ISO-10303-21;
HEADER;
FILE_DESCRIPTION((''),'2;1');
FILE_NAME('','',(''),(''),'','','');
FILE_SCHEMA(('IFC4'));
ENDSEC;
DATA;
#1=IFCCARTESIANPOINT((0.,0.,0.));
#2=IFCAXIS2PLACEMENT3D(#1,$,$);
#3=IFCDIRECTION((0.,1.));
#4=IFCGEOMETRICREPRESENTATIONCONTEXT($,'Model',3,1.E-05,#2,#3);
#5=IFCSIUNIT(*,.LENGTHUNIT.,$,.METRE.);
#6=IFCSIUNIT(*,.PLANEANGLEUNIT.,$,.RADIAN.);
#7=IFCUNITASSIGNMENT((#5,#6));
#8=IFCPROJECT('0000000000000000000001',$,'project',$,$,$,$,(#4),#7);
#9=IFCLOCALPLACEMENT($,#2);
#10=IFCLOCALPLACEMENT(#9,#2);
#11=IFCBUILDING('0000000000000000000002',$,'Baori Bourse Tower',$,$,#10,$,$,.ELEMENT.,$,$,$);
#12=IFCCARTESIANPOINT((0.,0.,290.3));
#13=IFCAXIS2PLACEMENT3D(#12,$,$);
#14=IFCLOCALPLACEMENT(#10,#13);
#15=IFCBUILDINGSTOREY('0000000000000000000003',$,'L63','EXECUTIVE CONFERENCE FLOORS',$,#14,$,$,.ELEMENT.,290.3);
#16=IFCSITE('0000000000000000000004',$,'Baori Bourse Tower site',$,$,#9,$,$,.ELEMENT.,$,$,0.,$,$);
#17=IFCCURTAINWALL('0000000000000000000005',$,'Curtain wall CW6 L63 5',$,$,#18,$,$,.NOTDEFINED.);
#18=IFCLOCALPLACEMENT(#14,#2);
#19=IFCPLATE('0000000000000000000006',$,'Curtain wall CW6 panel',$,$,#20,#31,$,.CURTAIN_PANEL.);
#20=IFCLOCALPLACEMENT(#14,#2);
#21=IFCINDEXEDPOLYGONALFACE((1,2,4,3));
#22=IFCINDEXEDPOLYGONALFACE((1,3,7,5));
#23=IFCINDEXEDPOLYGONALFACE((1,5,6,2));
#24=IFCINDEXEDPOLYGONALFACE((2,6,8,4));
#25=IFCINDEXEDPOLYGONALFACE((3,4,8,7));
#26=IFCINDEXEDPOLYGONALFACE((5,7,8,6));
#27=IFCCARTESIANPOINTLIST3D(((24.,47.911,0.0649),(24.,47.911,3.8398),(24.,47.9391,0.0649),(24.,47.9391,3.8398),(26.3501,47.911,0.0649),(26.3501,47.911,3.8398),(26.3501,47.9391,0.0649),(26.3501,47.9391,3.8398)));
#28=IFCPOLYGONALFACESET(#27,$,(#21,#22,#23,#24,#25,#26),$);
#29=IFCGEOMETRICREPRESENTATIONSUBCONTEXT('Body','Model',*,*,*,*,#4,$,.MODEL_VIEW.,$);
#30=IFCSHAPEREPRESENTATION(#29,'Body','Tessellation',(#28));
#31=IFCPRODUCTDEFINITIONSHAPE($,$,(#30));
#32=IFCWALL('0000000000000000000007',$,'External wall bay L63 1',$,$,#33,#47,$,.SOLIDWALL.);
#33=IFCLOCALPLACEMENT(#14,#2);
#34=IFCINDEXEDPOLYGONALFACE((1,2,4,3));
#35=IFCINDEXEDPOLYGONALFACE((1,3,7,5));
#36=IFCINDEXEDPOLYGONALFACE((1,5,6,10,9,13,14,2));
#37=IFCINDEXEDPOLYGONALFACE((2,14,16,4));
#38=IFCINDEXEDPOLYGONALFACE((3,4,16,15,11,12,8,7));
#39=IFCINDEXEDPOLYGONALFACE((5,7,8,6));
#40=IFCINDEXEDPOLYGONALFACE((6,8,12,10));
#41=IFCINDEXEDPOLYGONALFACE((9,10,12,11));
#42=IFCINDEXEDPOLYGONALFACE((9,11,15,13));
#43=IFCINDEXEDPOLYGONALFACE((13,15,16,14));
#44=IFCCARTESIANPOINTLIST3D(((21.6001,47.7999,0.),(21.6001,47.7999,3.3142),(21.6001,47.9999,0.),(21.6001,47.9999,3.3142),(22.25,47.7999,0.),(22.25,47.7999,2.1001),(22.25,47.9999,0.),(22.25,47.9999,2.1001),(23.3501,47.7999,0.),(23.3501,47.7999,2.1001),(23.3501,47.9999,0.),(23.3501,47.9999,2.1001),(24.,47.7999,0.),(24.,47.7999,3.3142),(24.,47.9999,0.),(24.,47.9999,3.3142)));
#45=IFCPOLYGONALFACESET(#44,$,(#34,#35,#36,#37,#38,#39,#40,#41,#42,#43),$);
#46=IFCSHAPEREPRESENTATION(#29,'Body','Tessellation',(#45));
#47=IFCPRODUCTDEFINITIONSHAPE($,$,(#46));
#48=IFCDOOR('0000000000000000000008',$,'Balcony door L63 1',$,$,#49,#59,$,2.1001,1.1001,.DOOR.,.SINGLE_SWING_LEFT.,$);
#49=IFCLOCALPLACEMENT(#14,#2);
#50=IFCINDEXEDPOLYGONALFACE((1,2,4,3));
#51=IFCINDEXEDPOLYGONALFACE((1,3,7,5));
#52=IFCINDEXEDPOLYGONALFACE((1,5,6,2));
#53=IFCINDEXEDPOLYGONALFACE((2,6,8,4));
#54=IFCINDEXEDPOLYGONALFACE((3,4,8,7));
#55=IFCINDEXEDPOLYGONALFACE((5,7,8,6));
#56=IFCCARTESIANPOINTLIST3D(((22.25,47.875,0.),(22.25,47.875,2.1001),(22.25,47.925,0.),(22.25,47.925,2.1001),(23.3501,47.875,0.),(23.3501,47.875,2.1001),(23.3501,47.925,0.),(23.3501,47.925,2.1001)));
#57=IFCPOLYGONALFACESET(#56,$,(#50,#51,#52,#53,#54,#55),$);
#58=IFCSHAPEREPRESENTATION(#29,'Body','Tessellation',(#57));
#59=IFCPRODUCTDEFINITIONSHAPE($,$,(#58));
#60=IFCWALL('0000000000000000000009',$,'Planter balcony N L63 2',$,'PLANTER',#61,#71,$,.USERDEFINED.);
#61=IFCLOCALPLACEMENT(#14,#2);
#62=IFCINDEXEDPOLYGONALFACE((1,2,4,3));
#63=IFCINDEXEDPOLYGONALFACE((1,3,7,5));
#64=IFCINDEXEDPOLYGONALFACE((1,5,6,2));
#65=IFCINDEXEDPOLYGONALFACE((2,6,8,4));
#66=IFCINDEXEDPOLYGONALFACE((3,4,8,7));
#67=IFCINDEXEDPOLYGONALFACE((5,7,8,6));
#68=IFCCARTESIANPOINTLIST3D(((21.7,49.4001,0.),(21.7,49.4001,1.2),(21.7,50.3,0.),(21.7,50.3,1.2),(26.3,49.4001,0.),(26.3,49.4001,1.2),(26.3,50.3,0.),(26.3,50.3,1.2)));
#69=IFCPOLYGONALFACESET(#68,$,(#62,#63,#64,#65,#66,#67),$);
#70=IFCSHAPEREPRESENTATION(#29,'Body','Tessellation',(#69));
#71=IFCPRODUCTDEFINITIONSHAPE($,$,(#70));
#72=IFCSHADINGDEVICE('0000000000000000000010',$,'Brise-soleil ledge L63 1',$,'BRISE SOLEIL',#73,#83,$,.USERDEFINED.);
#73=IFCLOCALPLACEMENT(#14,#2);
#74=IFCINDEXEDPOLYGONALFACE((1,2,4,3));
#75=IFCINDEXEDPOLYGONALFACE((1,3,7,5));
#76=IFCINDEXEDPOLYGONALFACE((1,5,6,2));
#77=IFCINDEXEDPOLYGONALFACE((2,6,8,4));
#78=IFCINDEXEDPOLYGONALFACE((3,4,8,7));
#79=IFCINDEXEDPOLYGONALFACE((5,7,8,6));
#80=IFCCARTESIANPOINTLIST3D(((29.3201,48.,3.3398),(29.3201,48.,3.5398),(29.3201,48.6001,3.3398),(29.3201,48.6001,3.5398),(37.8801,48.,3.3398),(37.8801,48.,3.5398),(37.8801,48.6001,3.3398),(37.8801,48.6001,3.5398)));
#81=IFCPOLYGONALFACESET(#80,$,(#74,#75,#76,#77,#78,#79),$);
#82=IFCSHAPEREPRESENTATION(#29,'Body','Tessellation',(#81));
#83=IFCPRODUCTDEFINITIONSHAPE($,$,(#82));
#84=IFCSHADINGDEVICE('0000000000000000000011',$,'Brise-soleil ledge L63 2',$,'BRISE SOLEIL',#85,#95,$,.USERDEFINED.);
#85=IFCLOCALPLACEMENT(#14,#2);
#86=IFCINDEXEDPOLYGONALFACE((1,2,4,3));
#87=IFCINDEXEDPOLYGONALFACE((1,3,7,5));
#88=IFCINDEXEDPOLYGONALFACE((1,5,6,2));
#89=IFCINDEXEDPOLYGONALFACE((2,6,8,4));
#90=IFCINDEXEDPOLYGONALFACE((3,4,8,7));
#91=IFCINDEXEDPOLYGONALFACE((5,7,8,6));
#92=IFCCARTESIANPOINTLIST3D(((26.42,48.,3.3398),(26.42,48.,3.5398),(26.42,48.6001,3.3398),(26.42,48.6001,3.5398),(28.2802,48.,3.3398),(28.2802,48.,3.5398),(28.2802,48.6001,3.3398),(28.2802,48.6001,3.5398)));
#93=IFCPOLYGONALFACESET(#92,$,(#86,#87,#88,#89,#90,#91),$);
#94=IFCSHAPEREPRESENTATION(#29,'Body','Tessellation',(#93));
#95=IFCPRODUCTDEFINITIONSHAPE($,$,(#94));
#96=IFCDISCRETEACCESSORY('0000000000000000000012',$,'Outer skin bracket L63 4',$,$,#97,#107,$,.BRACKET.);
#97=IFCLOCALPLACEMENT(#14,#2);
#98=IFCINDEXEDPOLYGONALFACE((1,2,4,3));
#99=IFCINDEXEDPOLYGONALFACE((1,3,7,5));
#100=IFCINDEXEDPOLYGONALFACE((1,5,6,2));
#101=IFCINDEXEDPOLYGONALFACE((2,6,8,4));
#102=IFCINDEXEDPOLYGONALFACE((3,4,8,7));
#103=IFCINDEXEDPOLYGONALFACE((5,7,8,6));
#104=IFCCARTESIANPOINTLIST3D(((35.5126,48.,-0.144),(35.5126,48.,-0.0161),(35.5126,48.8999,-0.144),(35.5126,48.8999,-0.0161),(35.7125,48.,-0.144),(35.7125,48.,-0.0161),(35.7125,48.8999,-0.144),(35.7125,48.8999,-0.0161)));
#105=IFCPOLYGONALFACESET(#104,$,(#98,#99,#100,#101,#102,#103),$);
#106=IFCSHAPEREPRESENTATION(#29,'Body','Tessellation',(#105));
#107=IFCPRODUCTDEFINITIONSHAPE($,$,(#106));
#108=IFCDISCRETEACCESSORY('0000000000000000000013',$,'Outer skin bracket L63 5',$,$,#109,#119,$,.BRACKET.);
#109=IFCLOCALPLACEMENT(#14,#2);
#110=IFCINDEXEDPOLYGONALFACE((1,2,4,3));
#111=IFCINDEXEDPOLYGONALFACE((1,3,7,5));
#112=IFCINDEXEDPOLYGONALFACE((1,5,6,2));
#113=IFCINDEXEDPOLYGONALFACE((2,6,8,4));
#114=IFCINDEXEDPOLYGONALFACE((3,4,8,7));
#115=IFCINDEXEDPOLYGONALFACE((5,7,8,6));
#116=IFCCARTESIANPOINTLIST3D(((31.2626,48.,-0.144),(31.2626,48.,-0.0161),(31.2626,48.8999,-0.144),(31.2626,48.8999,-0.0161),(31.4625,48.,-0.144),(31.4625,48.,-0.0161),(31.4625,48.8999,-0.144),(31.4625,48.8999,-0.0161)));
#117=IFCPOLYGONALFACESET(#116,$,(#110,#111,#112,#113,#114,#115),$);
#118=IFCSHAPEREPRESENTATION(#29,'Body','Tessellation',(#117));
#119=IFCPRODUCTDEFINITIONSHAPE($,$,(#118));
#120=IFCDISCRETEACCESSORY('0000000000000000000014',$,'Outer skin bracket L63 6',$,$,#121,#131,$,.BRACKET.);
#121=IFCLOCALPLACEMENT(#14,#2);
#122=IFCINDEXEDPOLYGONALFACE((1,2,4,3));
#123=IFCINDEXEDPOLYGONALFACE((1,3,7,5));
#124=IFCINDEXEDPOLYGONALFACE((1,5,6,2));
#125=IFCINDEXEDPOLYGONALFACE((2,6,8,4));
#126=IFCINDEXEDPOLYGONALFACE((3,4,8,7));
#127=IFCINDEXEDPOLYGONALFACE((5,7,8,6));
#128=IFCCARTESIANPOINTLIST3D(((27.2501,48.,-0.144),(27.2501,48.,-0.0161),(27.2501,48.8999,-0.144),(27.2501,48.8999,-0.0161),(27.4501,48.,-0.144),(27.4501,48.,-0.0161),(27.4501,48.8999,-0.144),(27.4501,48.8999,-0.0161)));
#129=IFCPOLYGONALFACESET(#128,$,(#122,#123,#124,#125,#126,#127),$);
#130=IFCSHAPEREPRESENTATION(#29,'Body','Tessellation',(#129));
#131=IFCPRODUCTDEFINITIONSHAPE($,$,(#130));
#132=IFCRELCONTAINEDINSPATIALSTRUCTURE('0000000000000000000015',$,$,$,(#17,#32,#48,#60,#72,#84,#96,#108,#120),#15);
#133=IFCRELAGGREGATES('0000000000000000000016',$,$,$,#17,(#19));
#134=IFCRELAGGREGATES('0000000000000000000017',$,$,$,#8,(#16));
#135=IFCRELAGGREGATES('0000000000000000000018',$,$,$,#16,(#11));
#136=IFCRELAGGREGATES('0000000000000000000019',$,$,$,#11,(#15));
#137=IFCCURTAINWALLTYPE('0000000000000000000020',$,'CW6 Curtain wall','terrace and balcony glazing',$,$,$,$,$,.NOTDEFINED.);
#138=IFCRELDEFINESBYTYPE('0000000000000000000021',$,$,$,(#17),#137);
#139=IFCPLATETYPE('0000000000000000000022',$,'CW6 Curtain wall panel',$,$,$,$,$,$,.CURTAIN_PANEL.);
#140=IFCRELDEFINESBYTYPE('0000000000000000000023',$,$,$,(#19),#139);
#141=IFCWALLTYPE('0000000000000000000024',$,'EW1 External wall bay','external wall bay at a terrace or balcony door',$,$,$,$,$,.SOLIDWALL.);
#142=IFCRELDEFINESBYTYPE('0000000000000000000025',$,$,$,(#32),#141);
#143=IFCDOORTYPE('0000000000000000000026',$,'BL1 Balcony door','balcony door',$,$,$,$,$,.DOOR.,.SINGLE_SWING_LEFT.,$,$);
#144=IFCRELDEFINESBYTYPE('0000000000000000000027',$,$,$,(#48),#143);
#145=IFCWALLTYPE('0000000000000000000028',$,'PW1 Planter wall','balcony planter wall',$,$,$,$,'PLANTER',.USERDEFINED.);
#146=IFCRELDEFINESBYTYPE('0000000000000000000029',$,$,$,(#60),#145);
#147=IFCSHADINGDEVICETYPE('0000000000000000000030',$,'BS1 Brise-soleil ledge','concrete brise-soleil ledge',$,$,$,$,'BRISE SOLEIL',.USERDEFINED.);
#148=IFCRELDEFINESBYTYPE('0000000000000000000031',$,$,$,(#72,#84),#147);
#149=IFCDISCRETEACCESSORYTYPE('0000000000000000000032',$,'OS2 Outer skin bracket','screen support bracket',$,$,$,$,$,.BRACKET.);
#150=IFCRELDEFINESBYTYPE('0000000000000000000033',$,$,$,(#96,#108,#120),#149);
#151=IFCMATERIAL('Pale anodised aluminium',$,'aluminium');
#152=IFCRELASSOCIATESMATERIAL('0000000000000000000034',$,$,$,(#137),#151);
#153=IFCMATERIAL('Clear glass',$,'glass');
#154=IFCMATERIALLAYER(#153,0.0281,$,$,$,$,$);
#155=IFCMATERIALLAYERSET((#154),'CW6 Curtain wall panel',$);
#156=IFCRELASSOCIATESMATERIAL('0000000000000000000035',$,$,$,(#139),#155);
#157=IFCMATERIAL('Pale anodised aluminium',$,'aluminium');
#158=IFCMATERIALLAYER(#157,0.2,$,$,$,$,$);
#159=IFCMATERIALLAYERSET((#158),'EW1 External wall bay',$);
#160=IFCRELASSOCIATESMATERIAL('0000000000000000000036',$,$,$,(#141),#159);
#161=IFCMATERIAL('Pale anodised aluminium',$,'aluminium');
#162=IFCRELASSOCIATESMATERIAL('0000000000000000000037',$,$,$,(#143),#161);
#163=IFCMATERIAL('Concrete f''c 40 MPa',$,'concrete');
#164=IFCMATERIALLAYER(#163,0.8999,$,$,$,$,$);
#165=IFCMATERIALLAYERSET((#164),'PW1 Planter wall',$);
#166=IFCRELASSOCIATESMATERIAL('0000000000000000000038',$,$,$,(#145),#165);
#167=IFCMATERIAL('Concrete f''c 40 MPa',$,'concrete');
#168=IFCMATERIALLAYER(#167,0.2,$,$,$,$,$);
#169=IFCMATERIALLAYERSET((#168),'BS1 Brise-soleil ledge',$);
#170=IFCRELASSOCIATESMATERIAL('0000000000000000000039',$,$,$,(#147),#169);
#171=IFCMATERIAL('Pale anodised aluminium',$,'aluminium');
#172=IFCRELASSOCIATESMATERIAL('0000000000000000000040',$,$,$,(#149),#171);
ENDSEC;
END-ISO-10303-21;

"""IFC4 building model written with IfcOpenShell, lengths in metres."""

from ifc_helpers import new_model, si_unit, direction, frame, frame_2d, origin, origin_2d, place, context, subcontext, project, spatial, rectangle, extrude, material, layer, layer_set, type_object, element, fill, aggregate, save


model = new_model("IFC4")

# Units and contexts
model_context = context("Model", 3, precision=1e-05, world=origin(), true_north=direction((0.0, 1.0)))
body_context = subcontext(model_context, "Body", "Model", "MODEL_VIEW")
ifc_project = project(units=[si_unit("LENGTHUNIT", "METRE"), si_unit("PLANEANGLEUNIT", "RADIAN")], contexts=[model_context])

# Site, building, storey
site_placement = place(None, origin())
site = spatial("IfcSite", under=ifc_project, at=site_placement, Name="Baori Bourse Tower site", CompositionType="ELEMENT", RefElevation=0.0)
building_placement = place(site_placement, origin())
building = spatial("IfcBuilding", under=site, at=building_placement, Name="Baori Bourse Tower", CompositionType="ELEMENT")
storey_placement = place(building_placement, frame((0.0, 0.0, 290.3)))
storey = spatial("IfcBuildingStorey", under=building, at=storey_placement, Name="L63", Description="EXECUTIVE CONFERENCE FLOORS", CompositionType="ELEMENT", Elevation=290.3)

# Curtain wall
ifc_material_1 = material(Name="Pale anodised aluminium", Category="aluminium")
curtain_wall_type_1 = type_object("IfcCurtainWallType", Name="CW6 Curtain wall", Description="terrace and balcony glazing", PredefinedType="NOTDEFINED", material=ifc_material_1)
curtain_wall_1_placement = place(storey_placement, origin())
curtain_wall_1 = element("IfcCurtainWall", 1, at=curtain_wall_1_placement, inside=storey, type_object=curtain_wall_type_1, Name="Curtain wall CW6 L63 5", PredefinedType="NOTDEFINED")

# Plate
ifc_material_2 = material(Name="Clear glass", Category="glass")
ifc_layer_1 = layer(ifc_material_2, 0.0281)
ifc_layer_set_1 = layer_set([ifc_layer_1], Name="CW6 Curtain wall panel")
plate_type = type_object("IfcPlateType", Name="CW6 Curtain wall panel", PredefinedType="CURTAIN_PANEL", material=ifc_layer_set_1)
plate_placement = place(storey_placement, frame((25.175, 47.925, 0.0649), z_axis=(0.0, 0.0, 1.0), x_axis=(-1.0, 0.0, 0.0)))
plate = element("IfcPlate", 2, at=plate_placement, type_object=plate_type, Name="Curtain wall CW6 panel", PredefinedType="CURTAIN_PANEL", context=body_context, shape_type="SweptSolid", body=[
    extrude(rectangle(XDim=2.3501, YDim=0.0281, at=origin_2d()), origin(), (0.0, 0.0, 1.0), 3.7749),
])
aggregate(curtain_wall_1, [plate])

# Wall, opening, door
ifc_material_3 = material(Name="Pale anodised aluminium", Category="aluminium")
ifc_layer_2 = layer(ifc_material_3, 0.2)
ifc_layer_set_2 = layer_set([ifc_layer_2], Name="EW1 External wall bay")
wall_type_1 = type_object("IfcWallType", Name="EW1 External wall bay", Description="external wall bay at a terrace or balcony door", PredefinedType="SOLIDWALL", material=ifc_layer_set_2)
wall_1_placement = place(storey_placement, frame((24.0, 47.8999, 0.0), z_axis=(0.0, 0.0, 1.0), x_axis=(-1.0, 0.0, 0.0)))
wall_1 = element("IfcWall", 3, at=wall_1_placement, inside=storey, type_object=wall_type_1, Name="External wall bay L63 1", PredefinedType="SOLIDWALL", context=body_context, shape_type="SweptSolid", body=[
    extrude(rectangle(XDim=2.3999, YDim=0.2, at=frame_2d((1.2, 0.0))), origin(), (0.0, 0.0, 1.0), 3.3142),
])
opening_placement = place(wall_1_placement, frame((0.6499, 0.0, 0.0)))
opening = element("IfcOpeningElement", 4, at=opening_placement, cuts=wall_1, PredefinedType="OPENING", context=body_context, shape_type="SweptSolid", body=[
    extrude(rectangle(XDim=1.1001, YDim=2.1001, at=frame_2d((0.55, 1.05))), frame((0.0, 0.1099, 0.0), z_axis=(0.0, -1.0, 0.0), x_axis=(1.0, 0.0, 0.0)), (0.0, 0.0, 1.0), 0.22),
])
ifc_material_4 = material(Name="Pale anodised aluminium", Category="aluminium")
door_type = type_object("IfcDoorType", Name="BL1 Balcony door", Description="balcony door", OperationType="SINGLE_SWING_LEFT", PredefinedType="DOOR", material=ifc_material_4)
door_placement = place(opening_placement, origin())
door = element("IfcDoor", 5, at=door_placement, inside=storey, type_object=door_type, Name="Balcony door L63 1", OperationType="SINGLE_SWING_LEFT", OverallHeight=2.1001, OverallWidth=1.1001, PredefinedType="DOOR", context=body_context, shape_type="SweptSolid", body=[
    extrude(rectangle(XDim=1.1001, YDim=2.1001, at=frame_2d((0.55, 1.05))), frame((0.0, 0.0249, 0.0), z_axis=(0.0, -1.0, 0.0), x_axis=(1.0, 0.0, 0.0)), (0.0, 0.0, 1.0), 0.05),
])
fill(opening, door)

# Wall
ifc_material_5 = material(Name="Concrete f'c 40 MPa", Category="concrete")
ifc_layer_3 = layer(ifc_material_5, 0.8999)
ifc_layer_set_3 = layer_set([ifc_layer_3], Name="PW1 Planter wall")
wall_type_2 = type_object("IfcWallType", Name="PW1 Planter wall", Description="balcony planter wall", ElementType="PLANTER", PredefinedType="USERDEFINED", material=ifc_layer_set_3)
wall_2_placement = place(storey_placement, frame((21.7, 49.8501, 0.0), z_axis=(0.0, 0.0, 1.0), x_axis=(1.0, 0.0, 0.0)))
element("IfcWall", 6, at=wall_2_placement, inside=storey, type_object=wall_type_2, Name="Planter balcony N L63 2", ObjectType="PLANTER", PredefinedType="USERDEFINED", context=body_context, shape_type="SweptSolid", body=[
    extrude(rectangle(XDim=4.6001, YDim=0.8999, at=frame_2d((2.3, 0.0))), origin(), (0.0, 0.0, 1.0), 1.2),
])

# Shading devices
ifc_material_6 = material(Name="Concrete f'c 40 MPa", Category="concrete")
ifc_layer_4 = layer(ifc_material_6, 0.2)
ifc_layer_set_4 = layer_set([ifc_layer_4], Name="BS1 Brise-soleil ledge")
shading_device_type = type_object("IfcShadingDeviceType", Name="BS1 Brise-soleil ledge", Description="concrete brise-soleil ledge", ElementType="BRISE SOLEIL", PredefinedType="USERDEFINED", material=ifc_layer_set_4)
shading_device_1_placement = place(storey_placement, frame((33.6001, 48.3, 3.3398), z_axis=(0.0, 0.0, 1.0), x_axis=(-1.0, 0.0, 0.0)))
element("IfcShadingDevice", 7, at=shading_device_1_placement, inside=storey, type_object=shading_device_type, Name="Brise-soleil ledge L63 1", ObjectType="BRISE SOLEIL", PredefinedType="USERDEFINED", context=body_context, shape_type="SweptSolid", body=[
    extrude(rectangle(XDim=8.5601, YDim=0.6001, at=origin_2d()), origin(), (0.0, 0.0, 1.0), 0.2),
])
shading_device_2_placement = place(storey_placement, frame((27.3501, 48.3, 3.3398), z_axis=(0.0, 0.0, 1.0), x_axis=(-1.0, 0.0, 0.0)))
element("IfcShadingDevice", 8, at=shading_device_2_placement, inside=storey, type_object=shading_device_type, Name="Brise-soleil ledge L63 2", ObjectType="BRISE SOLEIL", PredefinedType="USERDEFINED", context=body_context, shape_type="SweptSolid", body=[
    extrude(rectangle(XDim=1.8601, YDim=0.6001, at=origin_2d()), origin(), (0.0, 0.0, 1.0), 0.2),
])

# Discrete accessories
ifc_material_7 = material(Name="Pale anodised aluminium", Category="aluminium")
discrete_accessory_type = type_object("IfcDiscreteAccessoryType", Name="OS2 Outer skin bracket", Description="screen support bracket", PredefinedType="BRACKET", material=ifc_material_7)
for number, where, z_axis, x_axis, name in (
    (9, (35.6125, 48.45, -0.144), (0.0, 0.0, 1.0), (-1.0, 0.0, 0.0), "Outer skin bracket L63 4"),
    (10, (31.3625, 48.45, -0.144), (0.0, 0.0, 1.0), (-1.0, 0.0, 0.0), "Outer skin bracket L63 5"),
    (11, (27.3501, 48.45, -0.144), (0.0, 0.0, 1.0), (-1.0, 0.0, 0.0), "Outer skin bracket L63 6"),
):
    element("IfcDiscreteAccessory", number, at=place(storey_placement, frame(where, z_axis=z_axis, x_axis=x_axis)), inside=storey, type_object=discrete_accessory_type, Name=name, PredefinedType="BRACKET", context=body_context, shape_type="SweptSolid", body=[
        extrude(rectangle(XDim=0.2, YDim=0.8999, at=origin_2d()), origin(), (0.0, 0.0, 1.0), 0.1279),
    ])

save(model, "model.ifc")
